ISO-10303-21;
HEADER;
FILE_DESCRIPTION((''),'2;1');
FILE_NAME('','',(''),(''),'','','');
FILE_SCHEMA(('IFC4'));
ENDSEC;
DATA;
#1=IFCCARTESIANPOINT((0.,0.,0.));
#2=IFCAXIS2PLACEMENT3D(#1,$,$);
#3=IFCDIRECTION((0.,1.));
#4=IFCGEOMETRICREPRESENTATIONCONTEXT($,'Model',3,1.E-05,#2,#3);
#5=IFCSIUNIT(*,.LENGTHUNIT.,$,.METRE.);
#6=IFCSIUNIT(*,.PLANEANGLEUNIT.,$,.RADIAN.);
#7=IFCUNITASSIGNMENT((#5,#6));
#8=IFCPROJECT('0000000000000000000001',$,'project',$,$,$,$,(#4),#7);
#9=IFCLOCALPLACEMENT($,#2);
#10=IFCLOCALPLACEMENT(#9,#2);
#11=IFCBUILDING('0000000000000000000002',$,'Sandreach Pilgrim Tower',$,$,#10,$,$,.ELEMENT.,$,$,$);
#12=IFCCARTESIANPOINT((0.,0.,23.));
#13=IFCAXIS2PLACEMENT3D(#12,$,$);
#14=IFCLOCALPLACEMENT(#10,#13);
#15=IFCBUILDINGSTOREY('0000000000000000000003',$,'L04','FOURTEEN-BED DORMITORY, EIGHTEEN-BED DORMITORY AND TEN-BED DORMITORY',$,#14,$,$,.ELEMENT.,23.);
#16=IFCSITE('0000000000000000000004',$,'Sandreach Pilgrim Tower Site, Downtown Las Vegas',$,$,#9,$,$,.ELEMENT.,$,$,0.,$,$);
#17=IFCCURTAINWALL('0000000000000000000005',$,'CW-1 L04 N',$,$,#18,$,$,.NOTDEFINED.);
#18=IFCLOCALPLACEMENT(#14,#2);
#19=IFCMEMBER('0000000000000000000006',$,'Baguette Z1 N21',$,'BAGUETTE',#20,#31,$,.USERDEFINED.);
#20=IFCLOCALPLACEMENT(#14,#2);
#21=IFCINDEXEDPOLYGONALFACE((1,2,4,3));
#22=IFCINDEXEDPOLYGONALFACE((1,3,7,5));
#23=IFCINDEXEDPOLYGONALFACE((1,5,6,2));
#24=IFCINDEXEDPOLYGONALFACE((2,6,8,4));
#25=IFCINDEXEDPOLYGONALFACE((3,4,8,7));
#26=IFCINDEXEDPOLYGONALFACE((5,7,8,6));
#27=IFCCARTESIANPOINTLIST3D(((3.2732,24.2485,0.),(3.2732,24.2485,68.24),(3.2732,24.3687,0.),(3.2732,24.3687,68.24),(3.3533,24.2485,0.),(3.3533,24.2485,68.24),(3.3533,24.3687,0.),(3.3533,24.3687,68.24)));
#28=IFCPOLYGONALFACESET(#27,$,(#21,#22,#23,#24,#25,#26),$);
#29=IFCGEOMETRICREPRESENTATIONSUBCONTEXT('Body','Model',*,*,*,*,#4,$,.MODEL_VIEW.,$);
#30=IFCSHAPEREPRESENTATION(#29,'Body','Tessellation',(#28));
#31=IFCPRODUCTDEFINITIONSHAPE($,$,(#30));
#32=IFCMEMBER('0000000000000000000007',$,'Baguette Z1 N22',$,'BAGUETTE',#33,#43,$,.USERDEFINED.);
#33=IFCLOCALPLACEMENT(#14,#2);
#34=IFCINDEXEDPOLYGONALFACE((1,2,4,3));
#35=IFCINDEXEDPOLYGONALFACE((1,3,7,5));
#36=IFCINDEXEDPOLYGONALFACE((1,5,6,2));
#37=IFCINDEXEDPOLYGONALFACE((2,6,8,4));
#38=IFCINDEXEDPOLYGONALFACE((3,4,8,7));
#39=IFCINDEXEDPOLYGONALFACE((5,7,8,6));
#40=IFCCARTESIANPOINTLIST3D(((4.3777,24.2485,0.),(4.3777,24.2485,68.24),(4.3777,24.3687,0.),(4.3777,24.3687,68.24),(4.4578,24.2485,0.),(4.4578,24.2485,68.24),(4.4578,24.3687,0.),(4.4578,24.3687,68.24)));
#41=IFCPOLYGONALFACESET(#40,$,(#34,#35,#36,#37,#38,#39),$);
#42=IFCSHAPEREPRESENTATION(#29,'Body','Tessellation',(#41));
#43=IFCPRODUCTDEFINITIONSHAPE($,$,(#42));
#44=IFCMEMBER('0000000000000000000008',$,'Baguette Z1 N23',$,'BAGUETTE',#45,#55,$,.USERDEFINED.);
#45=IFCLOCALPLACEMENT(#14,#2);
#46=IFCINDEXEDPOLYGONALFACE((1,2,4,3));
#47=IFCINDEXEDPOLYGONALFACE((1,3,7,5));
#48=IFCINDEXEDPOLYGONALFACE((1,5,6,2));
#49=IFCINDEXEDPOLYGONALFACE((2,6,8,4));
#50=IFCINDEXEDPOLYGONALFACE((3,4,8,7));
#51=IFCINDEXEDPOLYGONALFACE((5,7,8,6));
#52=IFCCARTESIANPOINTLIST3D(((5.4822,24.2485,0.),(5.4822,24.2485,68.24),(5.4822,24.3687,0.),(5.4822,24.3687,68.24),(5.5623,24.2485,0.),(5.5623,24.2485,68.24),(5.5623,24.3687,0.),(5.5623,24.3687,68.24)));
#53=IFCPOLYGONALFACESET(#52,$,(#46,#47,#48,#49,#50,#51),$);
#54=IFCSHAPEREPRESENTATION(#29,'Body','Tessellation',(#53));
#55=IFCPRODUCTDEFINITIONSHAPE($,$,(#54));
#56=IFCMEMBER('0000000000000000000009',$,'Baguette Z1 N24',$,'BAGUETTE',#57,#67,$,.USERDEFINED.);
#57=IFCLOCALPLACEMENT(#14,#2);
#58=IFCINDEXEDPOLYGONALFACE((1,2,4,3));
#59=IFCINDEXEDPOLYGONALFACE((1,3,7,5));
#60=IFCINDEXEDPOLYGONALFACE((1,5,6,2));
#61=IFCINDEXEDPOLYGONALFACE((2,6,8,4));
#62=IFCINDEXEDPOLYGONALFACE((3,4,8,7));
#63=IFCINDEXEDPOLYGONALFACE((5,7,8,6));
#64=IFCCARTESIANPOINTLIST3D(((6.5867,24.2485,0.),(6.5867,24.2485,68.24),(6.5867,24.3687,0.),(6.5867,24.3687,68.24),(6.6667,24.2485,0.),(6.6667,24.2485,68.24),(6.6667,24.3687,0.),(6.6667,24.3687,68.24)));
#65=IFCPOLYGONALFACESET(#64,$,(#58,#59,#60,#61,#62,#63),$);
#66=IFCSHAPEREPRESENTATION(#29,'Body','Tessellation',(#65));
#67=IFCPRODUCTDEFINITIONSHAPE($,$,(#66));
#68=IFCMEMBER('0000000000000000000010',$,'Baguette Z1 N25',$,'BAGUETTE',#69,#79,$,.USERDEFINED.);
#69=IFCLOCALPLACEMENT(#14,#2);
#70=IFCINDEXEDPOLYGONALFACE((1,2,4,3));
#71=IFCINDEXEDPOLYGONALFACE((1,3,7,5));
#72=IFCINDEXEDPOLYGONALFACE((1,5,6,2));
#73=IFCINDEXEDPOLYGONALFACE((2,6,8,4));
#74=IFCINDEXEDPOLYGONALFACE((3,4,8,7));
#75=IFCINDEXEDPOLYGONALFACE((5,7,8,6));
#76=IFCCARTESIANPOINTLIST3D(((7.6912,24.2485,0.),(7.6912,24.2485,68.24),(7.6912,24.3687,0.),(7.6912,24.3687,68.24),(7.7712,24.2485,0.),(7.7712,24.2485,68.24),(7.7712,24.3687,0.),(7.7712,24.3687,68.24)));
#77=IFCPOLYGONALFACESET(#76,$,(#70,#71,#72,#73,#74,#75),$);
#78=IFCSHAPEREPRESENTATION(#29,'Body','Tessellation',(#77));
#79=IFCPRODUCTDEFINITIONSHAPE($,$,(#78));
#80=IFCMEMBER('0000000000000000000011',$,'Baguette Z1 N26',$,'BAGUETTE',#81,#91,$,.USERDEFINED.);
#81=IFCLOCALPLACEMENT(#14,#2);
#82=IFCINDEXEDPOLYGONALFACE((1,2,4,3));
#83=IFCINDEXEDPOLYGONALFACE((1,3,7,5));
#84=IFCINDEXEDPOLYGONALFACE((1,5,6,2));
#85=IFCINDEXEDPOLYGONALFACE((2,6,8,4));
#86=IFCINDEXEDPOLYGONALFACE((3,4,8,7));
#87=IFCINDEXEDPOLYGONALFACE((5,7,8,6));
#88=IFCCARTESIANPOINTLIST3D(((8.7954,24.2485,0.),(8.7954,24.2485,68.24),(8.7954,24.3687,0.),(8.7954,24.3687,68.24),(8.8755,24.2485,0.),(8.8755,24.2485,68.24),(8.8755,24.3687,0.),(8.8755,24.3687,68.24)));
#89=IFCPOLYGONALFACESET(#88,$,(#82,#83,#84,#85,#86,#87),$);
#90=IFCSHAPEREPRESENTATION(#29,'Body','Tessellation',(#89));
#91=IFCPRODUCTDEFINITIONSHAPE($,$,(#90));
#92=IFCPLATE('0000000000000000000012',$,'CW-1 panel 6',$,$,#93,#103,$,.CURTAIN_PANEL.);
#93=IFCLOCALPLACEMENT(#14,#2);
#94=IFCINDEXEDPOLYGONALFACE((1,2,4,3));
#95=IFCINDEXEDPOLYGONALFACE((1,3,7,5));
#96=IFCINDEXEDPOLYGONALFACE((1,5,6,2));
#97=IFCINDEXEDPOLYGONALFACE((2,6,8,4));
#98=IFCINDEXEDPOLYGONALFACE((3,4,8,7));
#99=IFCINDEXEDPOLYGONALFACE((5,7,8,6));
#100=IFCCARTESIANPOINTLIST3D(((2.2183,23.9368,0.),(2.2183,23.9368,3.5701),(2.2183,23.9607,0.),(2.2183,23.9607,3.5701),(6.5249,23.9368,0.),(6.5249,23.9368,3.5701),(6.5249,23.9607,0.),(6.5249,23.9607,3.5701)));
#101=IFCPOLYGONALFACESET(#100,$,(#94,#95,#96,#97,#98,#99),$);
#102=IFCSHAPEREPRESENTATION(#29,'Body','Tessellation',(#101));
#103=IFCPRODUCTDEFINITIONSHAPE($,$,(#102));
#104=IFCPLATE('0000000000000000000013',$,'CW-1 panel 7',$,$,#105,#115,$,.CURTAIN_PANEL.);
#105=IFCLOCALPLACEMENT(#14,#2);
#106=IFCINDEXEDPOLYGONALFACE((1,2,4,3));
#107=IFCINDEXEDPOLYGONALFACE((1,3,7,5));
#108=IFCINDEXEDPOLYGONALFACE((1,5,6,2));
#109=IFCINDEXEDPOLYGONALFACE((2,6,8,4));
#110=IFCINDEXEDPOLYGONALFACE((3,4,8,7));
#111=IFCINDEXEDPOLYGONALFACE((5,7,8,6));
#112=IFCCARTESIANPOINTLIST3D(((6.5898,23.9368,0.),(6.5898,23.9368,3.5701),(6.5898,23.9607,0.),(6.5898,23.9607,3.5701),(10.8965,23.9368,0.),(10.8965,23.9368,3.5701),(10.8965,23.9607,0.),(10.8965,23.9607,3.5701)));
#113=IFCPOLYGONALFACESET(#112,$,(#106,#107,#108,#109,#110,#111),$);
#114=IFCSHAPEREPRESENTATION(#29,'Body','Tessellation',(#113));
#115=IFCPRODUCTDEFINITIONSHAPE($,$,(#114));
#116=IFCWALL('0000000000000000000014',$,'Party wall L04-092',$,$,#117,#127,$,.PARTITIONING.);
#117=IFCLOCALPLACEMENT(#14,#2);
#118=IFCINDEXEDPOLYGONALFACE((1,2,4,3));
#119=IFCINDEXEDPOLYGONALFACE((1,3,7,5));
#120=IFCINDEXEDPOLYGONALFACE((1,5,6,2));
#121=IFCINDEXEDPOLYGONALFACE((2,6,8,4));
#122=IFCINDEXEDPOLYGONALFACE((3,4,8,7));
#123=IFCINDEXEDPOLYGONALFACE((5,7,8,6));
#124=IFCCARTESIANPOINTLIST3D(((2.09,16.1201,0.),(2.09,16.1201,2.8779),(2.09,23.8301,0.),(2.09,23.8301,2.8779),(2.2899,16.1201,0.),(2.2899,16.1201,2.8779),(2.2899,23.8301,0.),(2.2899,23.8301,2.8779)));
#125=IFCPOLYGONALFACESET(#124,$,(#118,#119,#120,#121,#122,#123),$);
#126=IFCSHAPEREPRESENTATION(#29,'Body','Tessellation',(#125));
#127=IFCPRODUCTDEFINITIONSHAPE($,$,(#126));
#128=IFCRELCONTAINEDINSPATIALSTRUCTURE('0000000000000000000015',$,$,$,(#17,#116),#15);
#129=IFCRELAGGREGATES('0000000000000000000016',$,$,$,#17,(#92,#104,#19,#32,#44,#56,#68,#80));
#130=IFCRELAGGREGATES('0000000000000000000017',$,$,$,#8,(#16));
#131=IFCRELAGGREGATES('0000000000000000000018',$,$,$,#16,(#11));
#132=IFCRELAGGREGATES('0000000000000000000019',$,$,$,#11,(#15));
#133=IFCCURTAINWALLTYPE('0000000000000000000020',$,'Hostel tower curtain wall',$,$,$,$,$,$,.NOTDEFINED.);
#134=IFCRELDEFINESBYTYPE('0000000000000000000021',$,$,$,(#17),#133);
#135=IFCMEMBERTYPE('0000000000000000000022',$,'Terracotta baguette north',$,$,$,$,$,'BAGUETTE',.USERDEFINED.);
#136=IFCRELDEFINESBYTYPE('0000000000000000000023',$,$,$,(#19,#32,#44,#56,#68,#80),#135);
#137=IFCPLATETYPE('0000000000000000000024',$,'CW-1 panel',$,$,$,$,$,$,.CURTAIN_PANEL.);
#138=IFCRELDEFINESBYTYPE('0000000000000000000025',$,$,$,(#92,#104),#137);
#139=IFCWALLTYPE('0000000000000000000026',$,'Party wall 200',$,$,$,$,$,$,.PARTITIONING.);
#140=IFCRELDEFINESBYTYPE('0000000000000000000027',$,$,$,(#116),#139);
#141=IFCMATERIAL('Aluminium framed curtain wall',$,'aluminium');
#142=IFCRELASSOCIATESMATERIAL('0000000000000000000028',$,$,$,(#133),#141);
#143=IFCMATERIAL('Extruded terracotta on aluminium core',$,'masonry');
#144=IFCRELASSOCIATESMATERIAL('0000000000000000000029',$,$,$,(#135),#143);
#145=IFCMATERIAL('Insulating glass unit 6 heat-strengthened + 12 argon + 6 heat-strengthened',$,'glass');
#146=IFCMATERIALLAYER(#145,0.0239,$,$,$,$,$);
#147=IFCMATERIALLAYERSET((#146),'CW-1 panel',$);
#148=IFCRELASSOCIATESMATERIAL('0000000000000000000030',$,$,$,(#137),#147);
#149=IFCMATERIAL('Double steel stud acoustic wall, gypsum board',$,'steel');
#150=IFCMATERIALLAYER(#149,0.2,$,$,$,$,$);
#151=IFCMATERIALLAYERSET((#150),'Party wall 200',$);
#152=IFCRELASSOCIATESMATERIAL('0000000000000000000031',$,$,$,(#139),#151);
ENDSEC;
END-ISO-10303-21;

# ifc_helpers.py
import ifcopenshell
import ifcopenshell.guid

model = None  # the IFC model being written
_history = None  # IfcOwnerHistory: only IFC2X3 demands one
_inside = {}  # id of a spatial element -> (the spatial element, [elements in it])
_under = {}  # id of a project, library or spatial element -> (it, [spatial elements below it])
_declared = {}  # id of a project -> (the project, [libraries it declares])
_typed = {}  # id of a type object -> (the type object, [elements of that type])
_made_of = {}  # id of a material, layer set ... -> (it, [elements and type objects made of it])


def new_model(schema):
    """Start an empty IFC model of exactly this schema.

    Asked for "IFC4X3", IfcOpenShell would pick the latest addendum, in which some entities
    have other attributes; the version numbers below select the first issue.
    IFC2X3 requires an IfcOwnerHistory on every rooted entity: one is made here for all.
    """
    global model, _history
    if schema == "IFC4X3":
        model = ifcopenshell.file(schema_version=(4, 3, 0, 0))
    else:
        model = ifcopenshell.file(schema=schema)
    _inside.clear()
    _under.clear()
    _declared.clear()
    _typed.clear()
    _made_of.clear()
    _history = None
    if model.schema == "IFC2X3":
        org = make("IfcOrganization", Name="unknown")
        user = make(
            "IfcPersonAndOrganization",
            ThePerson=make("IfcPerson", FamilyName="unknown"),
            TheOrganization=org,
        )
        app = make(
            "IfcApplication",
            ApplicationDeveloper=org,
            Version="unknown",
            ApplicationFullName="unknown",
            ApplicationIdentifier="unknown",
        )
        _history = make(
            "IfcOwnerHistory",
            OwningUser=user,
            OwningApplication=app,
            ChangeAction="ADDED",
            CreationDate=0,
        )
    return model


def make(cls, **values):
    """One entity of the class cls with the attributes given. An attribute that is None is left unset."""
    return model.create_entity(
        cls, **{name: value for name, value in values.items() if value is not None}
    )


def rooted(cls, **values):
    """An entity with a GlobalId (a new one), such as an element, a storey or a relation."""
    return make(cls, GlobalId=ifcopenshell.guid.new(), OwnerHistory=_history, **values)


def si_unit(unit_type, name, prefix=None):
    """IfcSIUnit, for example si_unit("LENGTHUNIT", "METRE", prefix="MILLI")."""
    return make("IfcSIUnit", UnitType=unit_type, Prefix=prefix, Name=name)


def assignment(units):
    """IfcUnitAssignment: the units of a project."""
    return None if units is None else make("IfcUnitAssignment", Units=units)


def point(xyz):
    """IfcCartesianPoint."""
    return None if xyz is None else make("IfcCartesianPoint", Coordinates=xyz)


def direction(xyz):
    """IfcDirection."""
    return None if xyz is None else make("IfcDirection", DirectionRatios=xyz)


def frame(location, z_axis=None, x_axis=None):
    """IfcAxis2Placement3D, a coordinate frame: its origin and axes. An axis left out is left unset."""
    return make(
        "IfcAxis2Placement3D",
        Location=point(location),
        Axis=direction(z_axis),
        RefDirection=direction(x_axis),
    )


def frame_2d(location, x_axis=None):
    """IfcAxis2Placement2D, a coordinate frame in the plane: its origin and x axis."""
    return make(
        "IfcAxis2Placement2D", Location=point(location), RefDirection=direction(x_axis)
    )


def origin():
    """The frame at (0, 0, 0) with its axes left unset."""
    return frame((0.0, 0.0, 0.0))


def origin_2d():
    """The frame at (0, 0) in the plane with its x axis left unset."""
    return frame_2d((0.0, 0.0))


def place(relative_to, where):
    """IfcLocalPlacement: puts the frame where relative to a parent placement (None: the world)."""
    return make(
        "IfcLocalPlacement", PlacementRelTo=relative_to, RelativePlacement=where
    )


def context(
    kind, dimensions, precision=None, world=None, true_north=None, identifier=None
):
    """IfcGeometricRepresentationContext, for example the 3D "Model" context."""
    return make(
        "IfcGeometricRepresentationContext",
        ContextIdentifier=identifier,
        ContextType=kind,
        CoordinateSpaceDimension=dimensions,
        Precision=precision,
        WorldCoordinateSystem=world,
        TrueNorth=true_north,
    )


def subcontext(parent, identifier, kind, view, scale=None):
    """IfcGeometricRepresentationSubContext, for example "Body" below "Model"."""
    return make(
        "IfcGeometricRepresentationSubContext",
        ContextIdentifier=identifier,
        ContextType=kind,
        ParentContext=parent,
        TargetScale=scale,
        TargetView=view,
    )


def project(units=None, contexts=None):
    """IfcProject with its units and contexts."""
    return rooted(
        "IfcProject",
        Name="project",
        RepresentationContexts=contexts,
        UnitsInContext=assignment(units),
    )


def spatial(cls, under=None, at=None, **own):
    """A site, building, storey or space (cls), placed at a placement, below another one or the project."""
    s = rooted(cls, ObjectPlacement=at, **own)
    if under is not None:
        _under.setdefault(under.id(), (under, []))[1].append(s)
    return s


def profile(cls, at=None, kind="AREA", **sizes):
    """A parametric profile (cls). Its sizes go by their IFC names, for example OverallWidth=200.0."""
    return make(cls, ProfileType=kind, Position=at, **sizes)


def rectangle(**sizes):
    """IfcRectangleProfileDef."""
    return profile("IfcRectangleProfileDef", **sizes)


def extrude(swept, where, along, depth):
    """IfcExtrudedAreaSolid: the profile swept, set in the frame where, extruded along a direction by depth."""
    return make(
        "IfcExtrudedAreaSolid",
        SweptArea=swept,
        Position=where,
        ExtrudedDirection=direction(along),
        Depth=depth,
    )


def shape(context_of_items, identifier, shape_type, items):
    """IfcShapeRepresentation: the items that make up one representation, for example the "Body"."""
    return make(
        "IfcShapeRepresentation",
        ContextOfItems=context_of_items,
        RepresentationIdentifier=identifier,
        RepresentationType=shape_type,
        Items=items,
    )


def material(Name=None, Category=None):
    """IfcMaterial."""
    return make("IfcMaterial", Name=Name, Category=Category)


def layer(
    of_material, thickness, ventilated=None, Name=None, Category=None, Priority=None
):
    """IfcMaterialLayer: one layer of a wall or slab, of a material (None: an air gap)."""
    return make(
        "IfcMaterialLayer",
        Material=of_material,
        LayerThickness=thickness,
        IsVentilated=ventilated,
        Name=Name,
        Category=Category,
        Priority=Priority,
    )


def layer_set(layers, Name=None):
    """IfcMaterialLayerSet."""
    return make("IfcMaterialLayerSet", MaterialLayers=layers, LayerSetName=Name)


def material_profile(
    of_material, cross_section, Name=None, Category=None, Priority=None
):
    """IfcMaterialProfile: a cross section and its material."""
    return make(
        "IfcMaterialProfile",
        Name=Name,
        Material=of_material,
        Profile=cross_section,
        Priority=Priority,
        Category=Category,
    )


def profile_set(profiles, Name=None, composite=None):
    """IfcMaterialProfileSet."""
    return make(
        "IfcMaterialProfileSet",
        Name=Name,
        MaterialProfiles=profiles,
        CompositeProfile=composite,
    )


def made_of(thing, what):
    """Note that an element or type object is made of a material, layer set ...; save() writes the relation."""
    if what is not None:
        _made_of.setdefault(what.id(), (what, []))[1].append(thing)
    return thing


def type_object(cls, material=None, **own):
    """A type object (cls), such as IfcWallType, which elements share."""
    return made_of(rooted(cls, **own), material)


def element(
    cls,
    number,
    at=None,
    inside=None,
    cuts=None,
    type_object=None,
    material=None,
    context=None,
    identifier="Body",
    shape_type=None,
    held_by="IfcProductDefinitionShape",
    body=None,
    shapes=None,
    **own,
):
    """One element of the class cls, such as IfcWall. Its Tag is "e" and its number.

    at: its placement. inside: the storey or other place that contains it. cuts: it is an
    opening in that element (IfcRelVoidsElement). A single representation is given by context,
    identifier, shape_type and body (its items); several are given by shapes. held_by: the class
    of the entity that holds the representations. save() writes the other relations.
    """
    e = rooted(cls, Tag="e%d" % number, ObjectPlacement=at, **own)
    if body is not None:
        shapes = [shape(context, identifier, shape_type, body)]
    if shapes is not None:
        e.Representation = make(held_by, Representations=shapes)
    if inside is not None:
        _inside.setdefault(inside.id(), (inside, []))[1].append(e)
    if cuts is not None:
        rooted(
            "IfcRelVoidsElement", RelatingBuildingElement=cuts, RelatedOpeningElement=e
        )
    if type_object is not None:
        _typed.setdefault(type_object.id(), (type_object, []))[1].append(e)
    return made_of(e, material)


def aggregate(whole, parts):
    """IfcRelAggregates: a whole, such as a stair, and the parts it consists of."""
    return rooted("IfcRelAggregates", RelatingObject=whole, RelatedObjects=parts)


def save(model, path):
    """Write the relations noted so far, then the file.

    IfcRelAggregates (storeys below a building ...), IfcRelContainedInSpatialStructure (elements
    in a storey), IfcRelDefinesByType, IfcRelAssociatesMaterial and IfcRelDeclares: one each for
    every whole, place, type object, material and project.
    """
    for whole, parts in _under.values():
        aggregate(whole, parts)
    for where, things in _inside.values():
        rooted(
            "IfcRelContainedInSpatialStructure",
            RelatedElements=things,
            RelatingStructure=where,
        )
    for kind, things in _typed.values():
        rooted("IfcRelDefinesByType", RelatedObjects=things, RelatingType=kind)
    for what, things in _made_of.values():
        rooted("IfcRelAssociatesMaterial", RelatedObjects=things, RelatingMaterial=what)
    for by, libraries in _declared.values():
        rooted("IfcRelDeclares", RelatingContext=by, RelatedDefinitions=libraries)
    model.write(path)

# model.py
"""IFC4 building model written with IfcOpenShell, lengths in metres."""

from ifc_helpers import new_model, si_unit, direction, frame, frame_2d, origin, origin_2d, place, context, subcontext, project, spatial, rectangle, extrude, material, layer, layer_set, material_profile, profile_set, type_object, element, aggregate, save


model = new_model("IFC4")

# Units and contexts
model_context = context("Model", 3, precision=1e-05, world=origin(), true_north=direction((0.0, 1.0)))
body_context = subcontext(model_context, "Body", "Model", "MODEL_VIEW")
ifc_project = project(units=[si_unit("LENGTHUNIT", "METRE"), si_unit("PLANEANGLEUNIT", "RADIAN")], contexts=[model_context])

# Site, building, storey
site_placement = place(None, origin())
site = spatial("IfcSite", under=ifc_project, at=site_placement, Name="Sandreach Pilgrim Tower Site, Downtown Las Vegas", CompositionType="ELEMENT", RefElevation=0.0)
building_placement = place(site_placement, origin())
building = spatial("IfcBuilding", under=site, at=building_placement, Name="Sandreach Pilgrim Tower", CompositionType="ELEMENT")
storey_placement = place(building_placement, frame((0.0, 0.0, 23.0)))
storey = spatial("IfcBuildingStorey", under=building, at=storey_placement, Name="L04", Description="FOURTEEN-BED DORMITORY, EIGHTEEN-BED DORMITORY AND TEN-BED DORMITORY", CompositionType="ELEMENT", Elevation=23.0)

# Curtain wall
ifc_material_1 = material(Name="Aluminium framed curtain wall", Category="aluminium")
curtain_wall_type = type_object("IfcCurtainWallType", Name="Hostel tower curtain wall", PredefinedType="NOTDEFINED", material=ifc_material_1)
curtain_wall_placement = place(storey_placement, origin())
curtain_wall = element("IfcCurtainWall", 1, at=curtain_wall_placement, inside=storey, type_object=curtain_wall_type, Name="CW-1 L04 N", PredefinedType="NOTDEFINED")

# Members
ifc_material_2 = material(Name="Extruded terracotta on aluminium core", Category="masonry")
ifc_material_profile_1 = material_profile(ifc_material_2, rectangle(XDim=0.0801, YDim=0.1201, at=origin_2d()), Name="TBN 80X120")
ifc_profile_set_1 = profile_set([ifc_material_profile_1], Name="Extruded terracotta on aluminium core")
member_type_1 = type_object("IfcMemberType", Name="Terracotta baguette north", ElementType="BAGUETTE", PredefinedType="USERDEFINED", material=ifc_profile_set_1)
member_1_placement = place(storey_placement, frame((3.3132, 24.3086, 0.0), z_axis=(0.0, 0.0, 1.0), x_axis=(1.0, 0.0, 0.0)))
member_1 = element("IfcMember", 2, at=member_1_placement, type_object=member_type_1, Name="Baguette Z1 N21", ObjectType="BAGUETTE", PredefinedType="USERDEFINED", context=body_context, shape_type="SweptSolid", body=[
    extrude(rectangle(XDim=0.0801, YDim=0.1201, at=origin_2d()), origin(), (0.0, 0.0, 1.0), 68.24),
])
member_2_placement = place(storey_placement, frame((4.4177, 24.3086, 0.0), z_axis=(0.0, 0.0, 1.0), x_axis=(1.0, 0.0, 0.0)))
member_2 = element("IfcMember", 3, at=member_2_placement, type_object=member_type_1, Name="Baguette Z1 N22", ObjectType="BAGUETTE", PredefinedType="USERDEFINED", context=body_context, shape_type="SweptSolid", body=[
    extrude(rectangle(XDim=0.0801, YDim=0.1201, at=origin_2d()), origin(), (0.0, 0.0, 1.0), 68.24),
])
member_3_placement = place(storey_placement, frame((5.5222, 24.3086, 0.0), z_axis=(0.0, 0.0, 1.0), x_axis=(1.0, 0.0, 0.0)))
member_3 = element("IfcMember", 4, at=member_3_placement, type_object=member_type_1, Name="Baguette Z1 N23", ObjectType="BAGUETTE", PredefinedType="USERDEFINED", context=body_context, shape_type="SweptSolid", body=[
    extrude(rectangle(XDim=0.0801, YDim=0.1201, at=origin_2d()), origin(), (0.0, 0.0, 1.0), 68.24),
])
member_4_placement = place(storey_placement, frame((6.6267, 24.3086, 0.0), z_axis=(0.0, 0.0, 1.0), x_axis=(1.0, 0.0, 0.0)))
member_4 = element("IfcMember", 5, at=member_4_placement, type_object=member_type_1, Name="Baguette Z1 N24", ObjectType="BAGUETTE", PredefinedType="USERDEFINED", context=body_context, shape_type="SweptSolid", body=[
    extrude(rectangle(XDim=0.0801, YDim=0.1201, at=origin_2d()), origin(), (0.0, 0.0, 1.0), 68.24),
])
member_5_placement = place(storey_placement, frame((7.7312, 24.3086, 0.0), z_axis=(0.0, 0.0, 1.0), x_axis=(1.0, 0.0, 0.0)))
member_5 = element("IfcMember", 6, at=member_5_placement, type_object=member_type_1, Name="Baguette Z1 N25", ObjectType="BAGUETTE", PredefinedType="USERDEFINED", context=body_context, shape_type="SweptSolid", body=[
    extrude(rectangle(XDim=0.0801, YDim=0.1201, at=origin_2d()), origin(), (0.0, 0.0, 1.0), 68.24),
])
member_6_placement = place(storey_placement, frame((8.8354, 24.3086, 0.0), z_axis=(0.0, 0.0, 1.0), x_axis=(1.0, 0.0, 0.0)))
member_6 = element("IfcMember", 7, at=member_6_placement, type_object=member_type_1, Name="Baguette Z1 N26", ObjectType="BAGUETTE", PredefinedType="USERDEFINED", context=body_context, shape_type="SweptSolid", body=[
    extrude(rectangle(XDim=0.0801, YDim=0.1201, at=origin_2d()), origin(), (0.0, 0.0, 1.0), 68.24),
])

# Plates
ifc_material_3 = material(Name="Insulating glass unit 6 heat-strengthened + 12 argon + 6 heat-strengthened", Category="glass")
ifc_layer_1 = layer(ifc_material_3, 0.0239)
ifc_layer_set_1 = layer_set([ifc_layer_1], Name="CW-1 panel")
plate_type = type_object("IfcPlateType", Name="CW-1 panel", PredefinedType="CURTAIN_PANEL", material=ifc_layer_set_1)
plate_1_placement = place(storey_placement, frame((4.3716, 23.9487, 0.0), z_axis=(0.0, 0.0, 1.0), x_axis=(1.0, 0.0, 0.0)))
plate_1 = element("IfcPlate", 8, at=plate_1_placement, type_object=plate_type, Name="CW-1 panel 6", PredefinedType="CURTAIN_PANEL", context=body_context, shape_type="SweptSolid", body=[
    extrude(rectangle(XDim=4.3066, YDim=0.0239, at=origin_2d()), origin(), (0.0, 0.0, 1.0), 3.5701),
])
plate_2_placement = place(storey_placement, frame((8.7432, 23.9487, 0.0), z_axis=(0.0, 0.0, 1.0), x_axis=(1.0, 0.0, 0.0)))
plate_2 = element("IfcPlate", 9, at=plate_2_placement, type_object=plate_type, Name="CW-1 panel 7", PredefinedType="CURTAIN_PANEL", context=body_context, shape_type="SweptSolid", body=[
    extrude(rectangle(XDim=4.3066, YDim=0.0239, at=origin_2d()), origin(), (0.0, 0.0, 1.0), 3.5701),
])
aggregate(curtain_wall, [plate_1, plate_2, member_1, member_2, member_3, member_4, member_5, member_6])

# Wall
ifc_material_4 = material(Name="Double steel stud acoustic wall, gypsum board", Category="steel")
ifc_layer_2 = layer(ifc_material_4, 0.2)
ifc_layer_set_2 = layer_set([ifc_layer_2], Name="Party wall 200")
wall_type = type_object("IfcWallType", Name="Party wall 200", PredefinedType="PARTITIONING", material=ifc_layer_set_2)
wall_placement = place(storey_placement, frame((2.1899, 23.8301, 0.0), z_axis=(0.0, 0.0, 1.0), x_axis=(0.0, -1.0, 0.0)))
element("IfcWall", 10, at=wall_placement, inside=storey, type_object=wall_type, Name="Party wall L04-092", PredefinedType="PARTITIONING", context=body_context, shape_type="SweptSolid", body=[
    extrude(rectangle(XDim=7.71, YDim=0.2, at=frame_2d((3.855, 0.0))), origin(), (0.0, 0.0, 1.0), 2.8779),
])

save(model, "model.ifc")
